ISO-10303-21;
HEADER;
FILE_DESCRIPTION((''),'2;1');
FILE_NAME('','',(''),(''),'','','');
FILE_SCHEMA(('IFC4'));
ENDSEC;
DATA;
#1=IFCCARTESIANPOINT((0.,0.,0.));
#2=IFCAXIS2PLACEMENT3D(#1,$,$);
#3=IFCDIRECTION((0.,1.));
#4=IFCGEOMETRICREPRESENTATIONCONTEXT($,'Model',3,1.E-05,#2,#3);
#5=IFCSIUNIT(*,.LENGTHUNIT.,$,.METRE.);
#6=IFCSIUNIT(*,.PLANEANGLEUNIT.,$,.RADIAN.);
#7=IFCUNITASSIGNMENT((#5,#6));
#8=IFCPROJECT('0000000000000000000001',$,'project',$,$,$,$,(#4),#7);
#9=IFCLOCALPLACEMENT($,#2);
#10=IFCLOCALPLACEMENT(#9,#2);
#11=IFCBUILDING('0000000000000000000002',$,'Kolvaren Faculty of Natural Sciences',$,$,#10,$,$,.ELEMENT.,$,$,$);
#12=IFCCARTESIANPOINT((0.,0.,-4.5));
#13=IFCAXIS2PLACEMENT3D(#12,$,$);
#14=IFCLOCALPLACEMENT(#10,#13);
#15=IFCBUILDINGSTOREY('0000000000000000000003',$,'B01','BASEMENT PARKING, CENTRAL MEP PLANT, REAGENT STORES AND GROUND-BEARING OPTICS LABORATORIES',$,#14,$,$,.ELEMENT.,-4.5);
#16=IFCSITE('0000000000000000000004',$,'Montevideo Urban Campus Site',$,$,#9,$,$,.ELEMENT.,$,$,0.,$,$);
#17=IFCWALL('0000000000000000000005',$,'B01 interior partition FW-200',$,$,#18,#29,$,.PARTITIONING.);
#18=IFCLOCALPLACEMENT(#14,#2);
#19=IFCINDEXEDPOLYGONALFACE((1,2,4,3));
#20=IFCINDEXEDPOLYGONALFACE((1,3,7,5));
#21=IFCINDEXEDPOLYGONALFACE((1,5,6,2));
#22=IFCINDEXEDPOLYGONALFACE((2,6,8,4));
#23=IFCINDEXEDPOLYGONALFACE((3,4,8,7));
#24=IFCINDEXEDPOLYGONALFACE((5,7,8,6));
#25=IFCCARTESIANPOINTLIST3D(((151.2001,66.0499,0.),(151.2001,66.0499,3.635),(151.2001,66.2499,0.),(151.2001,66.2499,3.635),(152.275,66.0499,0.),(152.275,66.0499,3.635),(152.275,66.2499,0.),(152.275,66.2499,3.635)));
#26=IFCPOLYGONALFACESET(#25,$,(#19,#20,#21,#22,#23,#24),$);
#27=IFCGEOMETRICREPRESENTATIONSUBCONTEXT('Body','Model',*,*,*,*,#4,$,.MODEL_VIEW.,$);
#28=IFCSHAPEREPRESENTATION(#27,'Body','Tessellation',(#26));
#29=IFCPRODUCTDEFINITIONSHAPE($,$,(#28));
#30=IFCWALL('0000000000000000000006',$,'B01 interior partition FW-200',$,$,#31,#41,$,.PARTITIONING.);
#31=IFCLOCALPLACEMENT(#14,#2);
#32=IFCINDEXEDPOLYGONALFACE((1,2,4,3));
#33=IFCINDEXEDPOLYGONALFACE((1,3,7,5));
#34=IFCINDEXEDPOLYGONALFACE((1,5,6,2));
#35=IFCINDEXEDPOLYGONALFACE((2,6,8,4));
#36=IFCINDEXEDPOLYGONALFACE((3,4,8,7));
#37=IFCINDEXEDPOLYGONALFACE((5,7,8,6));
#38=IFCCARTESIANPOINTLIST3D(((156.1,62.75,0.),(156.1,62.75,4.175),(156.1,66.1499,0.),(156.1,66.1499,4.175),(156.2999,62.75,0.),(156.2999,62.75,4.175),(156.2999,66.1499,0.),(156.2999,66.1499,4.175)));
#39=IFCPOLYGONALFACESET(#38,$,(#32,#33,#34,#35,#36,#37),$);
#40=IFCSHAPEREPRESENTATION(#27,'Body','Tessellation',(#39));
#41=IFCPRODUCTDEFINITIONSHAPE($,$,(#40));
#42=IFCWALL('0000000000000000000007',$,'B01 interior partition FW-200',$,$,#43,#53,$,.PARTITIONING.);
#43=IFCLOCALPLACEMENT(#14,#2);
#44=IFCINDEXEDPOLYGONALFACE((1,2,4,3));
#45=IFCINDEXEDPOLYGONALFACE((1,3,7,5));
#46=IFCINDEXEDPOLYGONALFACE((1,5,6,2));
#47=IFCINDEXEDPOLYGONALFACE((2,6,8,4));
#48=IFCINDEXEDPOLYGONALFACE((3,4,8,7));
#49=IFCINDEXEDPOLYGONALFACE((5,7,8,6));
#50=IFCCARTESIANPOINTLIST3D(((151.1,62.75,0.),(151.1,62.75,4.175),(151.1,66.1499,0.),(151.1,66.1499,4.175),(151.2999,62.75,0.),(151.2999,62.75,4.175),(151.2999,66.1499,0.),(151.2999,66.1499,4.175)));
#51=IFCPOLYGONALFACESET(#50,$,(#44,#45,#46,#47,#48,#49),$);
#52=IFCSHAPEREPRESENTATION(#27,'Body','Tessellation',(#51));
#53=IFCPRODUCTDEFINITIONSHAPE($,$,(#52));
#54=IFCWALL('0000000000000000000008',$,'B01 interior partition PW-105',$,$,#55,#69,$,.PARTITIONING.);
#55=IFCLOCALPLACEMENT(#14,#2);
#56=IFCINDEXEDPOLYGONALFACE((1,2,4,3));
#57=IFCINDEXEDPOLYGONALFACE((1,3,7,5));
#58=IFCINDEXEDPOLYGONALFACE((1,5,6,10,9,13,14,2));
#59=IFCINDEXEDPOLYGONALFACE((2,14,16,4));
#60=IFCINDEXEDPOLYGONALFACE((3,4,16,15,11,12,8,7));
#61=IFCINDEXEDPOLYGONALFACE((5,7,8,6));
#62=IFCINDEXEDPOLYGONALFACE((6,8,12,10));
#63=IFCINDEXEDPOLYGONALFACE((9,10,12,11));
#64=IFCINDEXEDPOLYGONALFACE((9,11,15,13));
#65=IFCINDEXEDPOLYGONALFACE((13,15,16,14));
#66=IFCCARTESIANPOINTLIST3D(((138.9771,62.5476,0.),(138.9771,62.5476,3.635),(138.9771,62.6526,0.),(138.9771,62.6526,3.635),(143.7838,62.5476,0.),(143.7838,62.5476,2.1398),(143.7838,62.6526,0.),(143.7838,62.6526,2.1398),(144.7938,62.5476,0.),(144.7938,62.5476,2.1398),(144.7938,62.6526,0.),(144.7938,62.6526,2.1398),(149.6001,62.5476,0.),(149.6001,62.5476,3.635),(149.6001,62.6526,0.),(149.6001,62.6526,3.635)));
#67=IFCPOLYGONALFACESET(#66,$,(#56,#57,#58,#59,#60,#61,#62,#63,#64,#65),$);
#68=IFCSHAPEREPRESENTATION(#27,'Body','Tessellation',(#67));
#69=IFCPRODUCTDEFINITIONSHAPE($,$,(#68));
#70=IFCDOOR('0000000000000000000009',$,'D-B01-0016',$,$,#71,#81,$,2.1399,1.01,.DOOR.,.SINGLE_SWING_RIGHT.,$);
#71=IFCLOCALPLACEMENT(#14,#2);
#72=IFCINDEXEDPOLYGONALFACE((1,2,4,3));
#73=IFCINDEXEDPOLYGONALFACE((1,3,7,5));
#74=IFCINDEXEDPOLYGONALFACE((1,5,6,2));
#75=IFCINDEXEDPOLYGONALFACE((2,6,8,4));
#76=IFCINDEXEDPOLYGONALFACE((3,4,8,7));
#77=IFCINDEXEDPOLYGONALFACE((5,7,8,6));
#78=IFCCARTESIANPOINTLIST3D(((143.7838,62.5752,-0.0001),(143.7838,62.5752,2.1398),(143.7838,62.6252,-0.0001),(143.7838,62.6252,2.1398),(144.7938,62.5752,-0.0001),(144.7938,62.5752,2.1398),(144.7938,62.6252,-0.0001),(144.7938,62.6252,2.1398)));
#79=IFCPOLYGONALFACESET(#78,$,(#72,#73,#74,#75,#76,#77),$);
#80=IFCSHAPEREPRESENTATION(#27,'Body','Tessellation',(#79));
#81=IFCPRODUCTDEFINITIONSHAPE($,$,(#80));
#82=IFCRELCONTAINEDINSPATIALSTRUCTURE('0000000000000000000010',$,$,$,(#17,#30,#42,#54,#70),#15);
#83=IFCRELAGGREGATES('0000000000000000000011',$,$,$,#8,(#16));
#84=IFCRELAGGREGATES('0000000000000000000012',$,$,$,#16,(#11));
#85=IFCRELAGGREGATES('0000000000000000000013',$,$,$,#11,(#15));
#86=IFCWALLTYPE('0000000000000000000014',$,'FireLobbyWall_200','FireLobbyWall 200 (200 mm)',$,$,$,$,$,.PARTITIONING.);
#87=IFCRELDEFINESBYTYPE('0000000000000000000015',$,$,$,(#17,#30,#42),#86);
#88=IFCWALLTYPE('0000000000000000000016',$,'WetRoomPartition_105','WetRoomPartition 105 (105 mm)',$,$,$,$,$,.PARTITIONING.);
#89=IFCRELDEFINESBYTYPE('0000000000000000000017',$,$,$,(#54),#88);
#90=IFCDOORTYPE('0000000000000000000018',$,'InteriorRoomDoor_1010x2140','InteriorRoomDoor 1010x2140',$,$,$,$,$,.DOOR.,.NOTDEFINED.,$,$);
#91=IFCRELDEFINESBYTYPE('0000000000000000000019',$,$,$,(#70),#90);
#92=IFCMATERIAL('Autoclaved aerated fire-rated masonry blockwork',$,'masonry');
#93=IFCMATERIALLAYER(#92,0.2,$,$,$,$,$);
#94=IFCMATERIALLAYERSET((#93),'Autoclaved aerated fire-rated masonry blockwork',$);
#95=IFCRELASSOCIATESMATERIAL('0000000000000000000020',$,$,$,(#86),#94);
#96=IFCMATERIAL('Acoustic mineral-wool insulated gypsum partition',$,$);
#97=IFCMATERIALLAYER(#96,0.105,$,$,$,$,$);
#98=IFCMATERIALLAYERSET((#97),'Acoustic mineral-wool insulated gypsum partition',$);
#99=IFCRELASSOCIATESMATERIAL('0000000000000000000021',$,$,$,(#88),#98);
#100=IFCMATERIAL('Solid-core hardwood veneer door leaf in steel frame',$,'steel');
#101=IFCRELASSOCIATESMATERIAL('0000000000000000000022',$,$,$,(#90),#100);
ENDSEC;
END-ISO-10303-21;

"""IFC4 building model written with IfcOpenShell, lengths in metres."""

from ifc_helpers import new_model, si_unit, direction, frame, frame_2d, origin, place, context, subcontext, project, spatial, rectangle, extrude, material, layer, layer_set, type_object, element, fill, save


model = new_model("IFC4")

# Units and contexts
model_context = context("Model", 3, precision=1e-05, world=origin(), true_north=direction((0.0, 1.0)))
body_context = subcontext(model_context, "Body", "Model", "MODEL_VIEW")
ifc_project = project(units=[si_unit("LENGTHUNIT", "METRE"), si_unit("PLANEANGLEUNIT", "RADIAN")], contexts=[model_context])

# Site, building, storey
site_placement = place(None, origin())
site = spatial("IfcSite", under=ifc_project, at=site_placement, Name="Montevideo Urban Campus Site", CompositionType="ELEMENT", RefElevation=0.0)
building_placement = place(site_placement, origin())
building = spatial("IfcBuilding", under=site, at=building_placement, Name="Kolvaren Faculty of Natural Sciences", CompositionType="ELEMENT")
storey_placement = place(building_placement, frame((0.0, 0.0, -4.5)))
storey = spatial("IfcBuildingStorey", under=building, at=storey_placement, Name="B01", Description="BASEMENT PARKING, CENTRAL MEP PLANT, REAGENT STORES AND GROUND-BEARING OPTICS LABORATORIES", CompositionType="ELEMENT", Elevation=-4.5)

# Walls
ifc_material_1 = material(Name="Autoclaved aerated fire-rated masonry blockwork", Category="masonry")
ifc_layer_1 = layer(ifc_material_1, 0.2)
ifc_layer_set_1 = layer_set([ifc_layer_1], Name="Autoclaved aerated fire-rated masonry blockwork")
wall_type_1 = type_object("IfcWallType", Name="FireLobbyWall_200", Description="FireLobbyWall 200 (200 mm)", PredefinedType="PARTITIONING", material=ifc_layer_set_1)
wall_1_placement = place(storey_placement, frame((151.2, 66.1499, 0.0), z_axis=(0.0, 0.0, 1.0), x_axis=(1.0, 0.0, 0.0)))
element("IfcWall", 1, at=wall_1_placement, inside=storey, type_object=wall_type_1, Name="B01 interior partition FW-200", PredefinedType="PARTITIONING", context=body_context, shape_type="SweptSolid", body=[
    extrude(rectangle(XDim=1.075, YDim=0.2, at=frame_2d((0.5376, 0.0))), origin(), (0.0, 0.0, 1.0), 3.635),
])
wall_2_placement = place(storey_placement, frame((156.2, 66.1499, 0.0), z_axis=(0.0, 0.0, 1.0), x_axis=(0.0, -1.0, 0.0)))
element("IfcWall", 2, at=wall_2_placement, inside=storey, type_object=wall_type_1, Name="B01 interior partition FW-200", PredefinedType="PARTITIONING", context=body_context, shape_type="SweptSolid", body=[
    extrude(rectangle(XDim=3.3999, YDim=0.2, at=frame_2d((1.7, 0.0))), origin(), (0.0, 0.0, 1.0), 4.175),
])

# Wall
wall_3_placement = place(storey_placement, frame((151.2, 62.75, 0.0), z_axis=(0.0, 0.0, 1.0), x_axis=(0.0, 1.0, 0.0)))
element("IfcWall", 3, at=wall_3_placement, inside=storey, type_object=wall_type_1, Name="B01 interior partition FW-200", PredefinedType="PARTITIONING", context=body_context, shape_type="SweptSolid", body=[
    extrude(rectangle(XDim=3.3999, YDim=0.2, at=frame_2d((1.7, 0.0))), origin(), (0.0, 0.0, 1.0), 4.175),
])

# Wall, opening, door
ifc_material_2 = material(Name="Acoustic mineral-wool insulated gypsum partition")
ifc_layer_2 = layer(ifc_material_2, 0.105)
ifc_layer_set_2 = layer_set([ifc_layer_2], Name="Acoustic mineral-wool insulated gypsum partition")
wall_type_2 = type_object("IfcWallType", Name="WetRoomPartition_105", Description="WetRoomPartition 105 (105 mm)", PredefinedType="PARTITIONING", material=ifc_layer_set_2)
wall_4_placement = place(storey_placement, frame((149.6001, 62.6001, 0.0), z_axis=(0.0, 0.0, 1.0), x_axis=(-1.0, 0.0, 0.0)))
wall_4 = element("IfcWall", 4, at=wall_4_placement, inside=storey, type_object=wall_type_2, Name="B01 interior partition PW-105", PredefinedType="PARTITIONING", context=body_context, shape_type="SweptSolid", body=[
    extrude(rectangle(XDim=10.623, YDim=0.105, at=frame_2d((5.3115, 0.0))), origin(), (0.0, 0.0, 1.0), 3.635),
])
opening_1_placement = place(wall_4_placement, frame((4.8064, 0.0, 0.0)))
opening_1 = element("IfcOpeningElement", 5, at=opening_1_placement, cuts=wall_4, PredefinedType="OPENING", context=body_context, shape_type="SweptSolid", body=[
    extrude(rectangle(XDim=1.01, YDim=2.1399, at=frame_2d((0.5049, 1.0698))), frame((0.0, 0.0625, 0.0), z_axis=(0.0, -1.0, 0.0), x_axis=(1.0, 0.0, 0.0)), (0.0, 0.0, 1.0), 0.125),
])
ifc_material_3 = material(Name="Solid-core hardwood veneer door leaf in steel frame", Category="steel")
door_type_1 = type_object("IfcDoorType", Name="InteriorRoomDoor_1010x2140", Description="InteriorRoomDoor 1010x2140", OperationType="NOTDEFINED", PredefinedType="DOOR", material=ifc_material_3)
door_1_placement = place(opening_1_placement, origin())
door_1 = element("IfcDoor", 6, at=door_1_placement, inside=storey, type_object=door_type_1, Name="D-B01-0016", OperationType="SINGLE_SWING_RIGHT", OverallHeight=2.1399, OverallWidth=1.01, PredefinedType="DOOR", context=body_context, shape_type="SweptSolid", body=[
    extrude(rectangle(XDim=1.01, YDim=2.1399, at=frame_2d((0.5049, 1.0698))), frame((0.0, 0.0249, 0.0), z_axis=(0.0, -1.0, 0.0), x_axis=(1.0, 0.0, 0.0)), (0.0, 0.0, 1.0), 0.05),
])
fill(opening_1, door_1)

save(model, "model.ifc")
